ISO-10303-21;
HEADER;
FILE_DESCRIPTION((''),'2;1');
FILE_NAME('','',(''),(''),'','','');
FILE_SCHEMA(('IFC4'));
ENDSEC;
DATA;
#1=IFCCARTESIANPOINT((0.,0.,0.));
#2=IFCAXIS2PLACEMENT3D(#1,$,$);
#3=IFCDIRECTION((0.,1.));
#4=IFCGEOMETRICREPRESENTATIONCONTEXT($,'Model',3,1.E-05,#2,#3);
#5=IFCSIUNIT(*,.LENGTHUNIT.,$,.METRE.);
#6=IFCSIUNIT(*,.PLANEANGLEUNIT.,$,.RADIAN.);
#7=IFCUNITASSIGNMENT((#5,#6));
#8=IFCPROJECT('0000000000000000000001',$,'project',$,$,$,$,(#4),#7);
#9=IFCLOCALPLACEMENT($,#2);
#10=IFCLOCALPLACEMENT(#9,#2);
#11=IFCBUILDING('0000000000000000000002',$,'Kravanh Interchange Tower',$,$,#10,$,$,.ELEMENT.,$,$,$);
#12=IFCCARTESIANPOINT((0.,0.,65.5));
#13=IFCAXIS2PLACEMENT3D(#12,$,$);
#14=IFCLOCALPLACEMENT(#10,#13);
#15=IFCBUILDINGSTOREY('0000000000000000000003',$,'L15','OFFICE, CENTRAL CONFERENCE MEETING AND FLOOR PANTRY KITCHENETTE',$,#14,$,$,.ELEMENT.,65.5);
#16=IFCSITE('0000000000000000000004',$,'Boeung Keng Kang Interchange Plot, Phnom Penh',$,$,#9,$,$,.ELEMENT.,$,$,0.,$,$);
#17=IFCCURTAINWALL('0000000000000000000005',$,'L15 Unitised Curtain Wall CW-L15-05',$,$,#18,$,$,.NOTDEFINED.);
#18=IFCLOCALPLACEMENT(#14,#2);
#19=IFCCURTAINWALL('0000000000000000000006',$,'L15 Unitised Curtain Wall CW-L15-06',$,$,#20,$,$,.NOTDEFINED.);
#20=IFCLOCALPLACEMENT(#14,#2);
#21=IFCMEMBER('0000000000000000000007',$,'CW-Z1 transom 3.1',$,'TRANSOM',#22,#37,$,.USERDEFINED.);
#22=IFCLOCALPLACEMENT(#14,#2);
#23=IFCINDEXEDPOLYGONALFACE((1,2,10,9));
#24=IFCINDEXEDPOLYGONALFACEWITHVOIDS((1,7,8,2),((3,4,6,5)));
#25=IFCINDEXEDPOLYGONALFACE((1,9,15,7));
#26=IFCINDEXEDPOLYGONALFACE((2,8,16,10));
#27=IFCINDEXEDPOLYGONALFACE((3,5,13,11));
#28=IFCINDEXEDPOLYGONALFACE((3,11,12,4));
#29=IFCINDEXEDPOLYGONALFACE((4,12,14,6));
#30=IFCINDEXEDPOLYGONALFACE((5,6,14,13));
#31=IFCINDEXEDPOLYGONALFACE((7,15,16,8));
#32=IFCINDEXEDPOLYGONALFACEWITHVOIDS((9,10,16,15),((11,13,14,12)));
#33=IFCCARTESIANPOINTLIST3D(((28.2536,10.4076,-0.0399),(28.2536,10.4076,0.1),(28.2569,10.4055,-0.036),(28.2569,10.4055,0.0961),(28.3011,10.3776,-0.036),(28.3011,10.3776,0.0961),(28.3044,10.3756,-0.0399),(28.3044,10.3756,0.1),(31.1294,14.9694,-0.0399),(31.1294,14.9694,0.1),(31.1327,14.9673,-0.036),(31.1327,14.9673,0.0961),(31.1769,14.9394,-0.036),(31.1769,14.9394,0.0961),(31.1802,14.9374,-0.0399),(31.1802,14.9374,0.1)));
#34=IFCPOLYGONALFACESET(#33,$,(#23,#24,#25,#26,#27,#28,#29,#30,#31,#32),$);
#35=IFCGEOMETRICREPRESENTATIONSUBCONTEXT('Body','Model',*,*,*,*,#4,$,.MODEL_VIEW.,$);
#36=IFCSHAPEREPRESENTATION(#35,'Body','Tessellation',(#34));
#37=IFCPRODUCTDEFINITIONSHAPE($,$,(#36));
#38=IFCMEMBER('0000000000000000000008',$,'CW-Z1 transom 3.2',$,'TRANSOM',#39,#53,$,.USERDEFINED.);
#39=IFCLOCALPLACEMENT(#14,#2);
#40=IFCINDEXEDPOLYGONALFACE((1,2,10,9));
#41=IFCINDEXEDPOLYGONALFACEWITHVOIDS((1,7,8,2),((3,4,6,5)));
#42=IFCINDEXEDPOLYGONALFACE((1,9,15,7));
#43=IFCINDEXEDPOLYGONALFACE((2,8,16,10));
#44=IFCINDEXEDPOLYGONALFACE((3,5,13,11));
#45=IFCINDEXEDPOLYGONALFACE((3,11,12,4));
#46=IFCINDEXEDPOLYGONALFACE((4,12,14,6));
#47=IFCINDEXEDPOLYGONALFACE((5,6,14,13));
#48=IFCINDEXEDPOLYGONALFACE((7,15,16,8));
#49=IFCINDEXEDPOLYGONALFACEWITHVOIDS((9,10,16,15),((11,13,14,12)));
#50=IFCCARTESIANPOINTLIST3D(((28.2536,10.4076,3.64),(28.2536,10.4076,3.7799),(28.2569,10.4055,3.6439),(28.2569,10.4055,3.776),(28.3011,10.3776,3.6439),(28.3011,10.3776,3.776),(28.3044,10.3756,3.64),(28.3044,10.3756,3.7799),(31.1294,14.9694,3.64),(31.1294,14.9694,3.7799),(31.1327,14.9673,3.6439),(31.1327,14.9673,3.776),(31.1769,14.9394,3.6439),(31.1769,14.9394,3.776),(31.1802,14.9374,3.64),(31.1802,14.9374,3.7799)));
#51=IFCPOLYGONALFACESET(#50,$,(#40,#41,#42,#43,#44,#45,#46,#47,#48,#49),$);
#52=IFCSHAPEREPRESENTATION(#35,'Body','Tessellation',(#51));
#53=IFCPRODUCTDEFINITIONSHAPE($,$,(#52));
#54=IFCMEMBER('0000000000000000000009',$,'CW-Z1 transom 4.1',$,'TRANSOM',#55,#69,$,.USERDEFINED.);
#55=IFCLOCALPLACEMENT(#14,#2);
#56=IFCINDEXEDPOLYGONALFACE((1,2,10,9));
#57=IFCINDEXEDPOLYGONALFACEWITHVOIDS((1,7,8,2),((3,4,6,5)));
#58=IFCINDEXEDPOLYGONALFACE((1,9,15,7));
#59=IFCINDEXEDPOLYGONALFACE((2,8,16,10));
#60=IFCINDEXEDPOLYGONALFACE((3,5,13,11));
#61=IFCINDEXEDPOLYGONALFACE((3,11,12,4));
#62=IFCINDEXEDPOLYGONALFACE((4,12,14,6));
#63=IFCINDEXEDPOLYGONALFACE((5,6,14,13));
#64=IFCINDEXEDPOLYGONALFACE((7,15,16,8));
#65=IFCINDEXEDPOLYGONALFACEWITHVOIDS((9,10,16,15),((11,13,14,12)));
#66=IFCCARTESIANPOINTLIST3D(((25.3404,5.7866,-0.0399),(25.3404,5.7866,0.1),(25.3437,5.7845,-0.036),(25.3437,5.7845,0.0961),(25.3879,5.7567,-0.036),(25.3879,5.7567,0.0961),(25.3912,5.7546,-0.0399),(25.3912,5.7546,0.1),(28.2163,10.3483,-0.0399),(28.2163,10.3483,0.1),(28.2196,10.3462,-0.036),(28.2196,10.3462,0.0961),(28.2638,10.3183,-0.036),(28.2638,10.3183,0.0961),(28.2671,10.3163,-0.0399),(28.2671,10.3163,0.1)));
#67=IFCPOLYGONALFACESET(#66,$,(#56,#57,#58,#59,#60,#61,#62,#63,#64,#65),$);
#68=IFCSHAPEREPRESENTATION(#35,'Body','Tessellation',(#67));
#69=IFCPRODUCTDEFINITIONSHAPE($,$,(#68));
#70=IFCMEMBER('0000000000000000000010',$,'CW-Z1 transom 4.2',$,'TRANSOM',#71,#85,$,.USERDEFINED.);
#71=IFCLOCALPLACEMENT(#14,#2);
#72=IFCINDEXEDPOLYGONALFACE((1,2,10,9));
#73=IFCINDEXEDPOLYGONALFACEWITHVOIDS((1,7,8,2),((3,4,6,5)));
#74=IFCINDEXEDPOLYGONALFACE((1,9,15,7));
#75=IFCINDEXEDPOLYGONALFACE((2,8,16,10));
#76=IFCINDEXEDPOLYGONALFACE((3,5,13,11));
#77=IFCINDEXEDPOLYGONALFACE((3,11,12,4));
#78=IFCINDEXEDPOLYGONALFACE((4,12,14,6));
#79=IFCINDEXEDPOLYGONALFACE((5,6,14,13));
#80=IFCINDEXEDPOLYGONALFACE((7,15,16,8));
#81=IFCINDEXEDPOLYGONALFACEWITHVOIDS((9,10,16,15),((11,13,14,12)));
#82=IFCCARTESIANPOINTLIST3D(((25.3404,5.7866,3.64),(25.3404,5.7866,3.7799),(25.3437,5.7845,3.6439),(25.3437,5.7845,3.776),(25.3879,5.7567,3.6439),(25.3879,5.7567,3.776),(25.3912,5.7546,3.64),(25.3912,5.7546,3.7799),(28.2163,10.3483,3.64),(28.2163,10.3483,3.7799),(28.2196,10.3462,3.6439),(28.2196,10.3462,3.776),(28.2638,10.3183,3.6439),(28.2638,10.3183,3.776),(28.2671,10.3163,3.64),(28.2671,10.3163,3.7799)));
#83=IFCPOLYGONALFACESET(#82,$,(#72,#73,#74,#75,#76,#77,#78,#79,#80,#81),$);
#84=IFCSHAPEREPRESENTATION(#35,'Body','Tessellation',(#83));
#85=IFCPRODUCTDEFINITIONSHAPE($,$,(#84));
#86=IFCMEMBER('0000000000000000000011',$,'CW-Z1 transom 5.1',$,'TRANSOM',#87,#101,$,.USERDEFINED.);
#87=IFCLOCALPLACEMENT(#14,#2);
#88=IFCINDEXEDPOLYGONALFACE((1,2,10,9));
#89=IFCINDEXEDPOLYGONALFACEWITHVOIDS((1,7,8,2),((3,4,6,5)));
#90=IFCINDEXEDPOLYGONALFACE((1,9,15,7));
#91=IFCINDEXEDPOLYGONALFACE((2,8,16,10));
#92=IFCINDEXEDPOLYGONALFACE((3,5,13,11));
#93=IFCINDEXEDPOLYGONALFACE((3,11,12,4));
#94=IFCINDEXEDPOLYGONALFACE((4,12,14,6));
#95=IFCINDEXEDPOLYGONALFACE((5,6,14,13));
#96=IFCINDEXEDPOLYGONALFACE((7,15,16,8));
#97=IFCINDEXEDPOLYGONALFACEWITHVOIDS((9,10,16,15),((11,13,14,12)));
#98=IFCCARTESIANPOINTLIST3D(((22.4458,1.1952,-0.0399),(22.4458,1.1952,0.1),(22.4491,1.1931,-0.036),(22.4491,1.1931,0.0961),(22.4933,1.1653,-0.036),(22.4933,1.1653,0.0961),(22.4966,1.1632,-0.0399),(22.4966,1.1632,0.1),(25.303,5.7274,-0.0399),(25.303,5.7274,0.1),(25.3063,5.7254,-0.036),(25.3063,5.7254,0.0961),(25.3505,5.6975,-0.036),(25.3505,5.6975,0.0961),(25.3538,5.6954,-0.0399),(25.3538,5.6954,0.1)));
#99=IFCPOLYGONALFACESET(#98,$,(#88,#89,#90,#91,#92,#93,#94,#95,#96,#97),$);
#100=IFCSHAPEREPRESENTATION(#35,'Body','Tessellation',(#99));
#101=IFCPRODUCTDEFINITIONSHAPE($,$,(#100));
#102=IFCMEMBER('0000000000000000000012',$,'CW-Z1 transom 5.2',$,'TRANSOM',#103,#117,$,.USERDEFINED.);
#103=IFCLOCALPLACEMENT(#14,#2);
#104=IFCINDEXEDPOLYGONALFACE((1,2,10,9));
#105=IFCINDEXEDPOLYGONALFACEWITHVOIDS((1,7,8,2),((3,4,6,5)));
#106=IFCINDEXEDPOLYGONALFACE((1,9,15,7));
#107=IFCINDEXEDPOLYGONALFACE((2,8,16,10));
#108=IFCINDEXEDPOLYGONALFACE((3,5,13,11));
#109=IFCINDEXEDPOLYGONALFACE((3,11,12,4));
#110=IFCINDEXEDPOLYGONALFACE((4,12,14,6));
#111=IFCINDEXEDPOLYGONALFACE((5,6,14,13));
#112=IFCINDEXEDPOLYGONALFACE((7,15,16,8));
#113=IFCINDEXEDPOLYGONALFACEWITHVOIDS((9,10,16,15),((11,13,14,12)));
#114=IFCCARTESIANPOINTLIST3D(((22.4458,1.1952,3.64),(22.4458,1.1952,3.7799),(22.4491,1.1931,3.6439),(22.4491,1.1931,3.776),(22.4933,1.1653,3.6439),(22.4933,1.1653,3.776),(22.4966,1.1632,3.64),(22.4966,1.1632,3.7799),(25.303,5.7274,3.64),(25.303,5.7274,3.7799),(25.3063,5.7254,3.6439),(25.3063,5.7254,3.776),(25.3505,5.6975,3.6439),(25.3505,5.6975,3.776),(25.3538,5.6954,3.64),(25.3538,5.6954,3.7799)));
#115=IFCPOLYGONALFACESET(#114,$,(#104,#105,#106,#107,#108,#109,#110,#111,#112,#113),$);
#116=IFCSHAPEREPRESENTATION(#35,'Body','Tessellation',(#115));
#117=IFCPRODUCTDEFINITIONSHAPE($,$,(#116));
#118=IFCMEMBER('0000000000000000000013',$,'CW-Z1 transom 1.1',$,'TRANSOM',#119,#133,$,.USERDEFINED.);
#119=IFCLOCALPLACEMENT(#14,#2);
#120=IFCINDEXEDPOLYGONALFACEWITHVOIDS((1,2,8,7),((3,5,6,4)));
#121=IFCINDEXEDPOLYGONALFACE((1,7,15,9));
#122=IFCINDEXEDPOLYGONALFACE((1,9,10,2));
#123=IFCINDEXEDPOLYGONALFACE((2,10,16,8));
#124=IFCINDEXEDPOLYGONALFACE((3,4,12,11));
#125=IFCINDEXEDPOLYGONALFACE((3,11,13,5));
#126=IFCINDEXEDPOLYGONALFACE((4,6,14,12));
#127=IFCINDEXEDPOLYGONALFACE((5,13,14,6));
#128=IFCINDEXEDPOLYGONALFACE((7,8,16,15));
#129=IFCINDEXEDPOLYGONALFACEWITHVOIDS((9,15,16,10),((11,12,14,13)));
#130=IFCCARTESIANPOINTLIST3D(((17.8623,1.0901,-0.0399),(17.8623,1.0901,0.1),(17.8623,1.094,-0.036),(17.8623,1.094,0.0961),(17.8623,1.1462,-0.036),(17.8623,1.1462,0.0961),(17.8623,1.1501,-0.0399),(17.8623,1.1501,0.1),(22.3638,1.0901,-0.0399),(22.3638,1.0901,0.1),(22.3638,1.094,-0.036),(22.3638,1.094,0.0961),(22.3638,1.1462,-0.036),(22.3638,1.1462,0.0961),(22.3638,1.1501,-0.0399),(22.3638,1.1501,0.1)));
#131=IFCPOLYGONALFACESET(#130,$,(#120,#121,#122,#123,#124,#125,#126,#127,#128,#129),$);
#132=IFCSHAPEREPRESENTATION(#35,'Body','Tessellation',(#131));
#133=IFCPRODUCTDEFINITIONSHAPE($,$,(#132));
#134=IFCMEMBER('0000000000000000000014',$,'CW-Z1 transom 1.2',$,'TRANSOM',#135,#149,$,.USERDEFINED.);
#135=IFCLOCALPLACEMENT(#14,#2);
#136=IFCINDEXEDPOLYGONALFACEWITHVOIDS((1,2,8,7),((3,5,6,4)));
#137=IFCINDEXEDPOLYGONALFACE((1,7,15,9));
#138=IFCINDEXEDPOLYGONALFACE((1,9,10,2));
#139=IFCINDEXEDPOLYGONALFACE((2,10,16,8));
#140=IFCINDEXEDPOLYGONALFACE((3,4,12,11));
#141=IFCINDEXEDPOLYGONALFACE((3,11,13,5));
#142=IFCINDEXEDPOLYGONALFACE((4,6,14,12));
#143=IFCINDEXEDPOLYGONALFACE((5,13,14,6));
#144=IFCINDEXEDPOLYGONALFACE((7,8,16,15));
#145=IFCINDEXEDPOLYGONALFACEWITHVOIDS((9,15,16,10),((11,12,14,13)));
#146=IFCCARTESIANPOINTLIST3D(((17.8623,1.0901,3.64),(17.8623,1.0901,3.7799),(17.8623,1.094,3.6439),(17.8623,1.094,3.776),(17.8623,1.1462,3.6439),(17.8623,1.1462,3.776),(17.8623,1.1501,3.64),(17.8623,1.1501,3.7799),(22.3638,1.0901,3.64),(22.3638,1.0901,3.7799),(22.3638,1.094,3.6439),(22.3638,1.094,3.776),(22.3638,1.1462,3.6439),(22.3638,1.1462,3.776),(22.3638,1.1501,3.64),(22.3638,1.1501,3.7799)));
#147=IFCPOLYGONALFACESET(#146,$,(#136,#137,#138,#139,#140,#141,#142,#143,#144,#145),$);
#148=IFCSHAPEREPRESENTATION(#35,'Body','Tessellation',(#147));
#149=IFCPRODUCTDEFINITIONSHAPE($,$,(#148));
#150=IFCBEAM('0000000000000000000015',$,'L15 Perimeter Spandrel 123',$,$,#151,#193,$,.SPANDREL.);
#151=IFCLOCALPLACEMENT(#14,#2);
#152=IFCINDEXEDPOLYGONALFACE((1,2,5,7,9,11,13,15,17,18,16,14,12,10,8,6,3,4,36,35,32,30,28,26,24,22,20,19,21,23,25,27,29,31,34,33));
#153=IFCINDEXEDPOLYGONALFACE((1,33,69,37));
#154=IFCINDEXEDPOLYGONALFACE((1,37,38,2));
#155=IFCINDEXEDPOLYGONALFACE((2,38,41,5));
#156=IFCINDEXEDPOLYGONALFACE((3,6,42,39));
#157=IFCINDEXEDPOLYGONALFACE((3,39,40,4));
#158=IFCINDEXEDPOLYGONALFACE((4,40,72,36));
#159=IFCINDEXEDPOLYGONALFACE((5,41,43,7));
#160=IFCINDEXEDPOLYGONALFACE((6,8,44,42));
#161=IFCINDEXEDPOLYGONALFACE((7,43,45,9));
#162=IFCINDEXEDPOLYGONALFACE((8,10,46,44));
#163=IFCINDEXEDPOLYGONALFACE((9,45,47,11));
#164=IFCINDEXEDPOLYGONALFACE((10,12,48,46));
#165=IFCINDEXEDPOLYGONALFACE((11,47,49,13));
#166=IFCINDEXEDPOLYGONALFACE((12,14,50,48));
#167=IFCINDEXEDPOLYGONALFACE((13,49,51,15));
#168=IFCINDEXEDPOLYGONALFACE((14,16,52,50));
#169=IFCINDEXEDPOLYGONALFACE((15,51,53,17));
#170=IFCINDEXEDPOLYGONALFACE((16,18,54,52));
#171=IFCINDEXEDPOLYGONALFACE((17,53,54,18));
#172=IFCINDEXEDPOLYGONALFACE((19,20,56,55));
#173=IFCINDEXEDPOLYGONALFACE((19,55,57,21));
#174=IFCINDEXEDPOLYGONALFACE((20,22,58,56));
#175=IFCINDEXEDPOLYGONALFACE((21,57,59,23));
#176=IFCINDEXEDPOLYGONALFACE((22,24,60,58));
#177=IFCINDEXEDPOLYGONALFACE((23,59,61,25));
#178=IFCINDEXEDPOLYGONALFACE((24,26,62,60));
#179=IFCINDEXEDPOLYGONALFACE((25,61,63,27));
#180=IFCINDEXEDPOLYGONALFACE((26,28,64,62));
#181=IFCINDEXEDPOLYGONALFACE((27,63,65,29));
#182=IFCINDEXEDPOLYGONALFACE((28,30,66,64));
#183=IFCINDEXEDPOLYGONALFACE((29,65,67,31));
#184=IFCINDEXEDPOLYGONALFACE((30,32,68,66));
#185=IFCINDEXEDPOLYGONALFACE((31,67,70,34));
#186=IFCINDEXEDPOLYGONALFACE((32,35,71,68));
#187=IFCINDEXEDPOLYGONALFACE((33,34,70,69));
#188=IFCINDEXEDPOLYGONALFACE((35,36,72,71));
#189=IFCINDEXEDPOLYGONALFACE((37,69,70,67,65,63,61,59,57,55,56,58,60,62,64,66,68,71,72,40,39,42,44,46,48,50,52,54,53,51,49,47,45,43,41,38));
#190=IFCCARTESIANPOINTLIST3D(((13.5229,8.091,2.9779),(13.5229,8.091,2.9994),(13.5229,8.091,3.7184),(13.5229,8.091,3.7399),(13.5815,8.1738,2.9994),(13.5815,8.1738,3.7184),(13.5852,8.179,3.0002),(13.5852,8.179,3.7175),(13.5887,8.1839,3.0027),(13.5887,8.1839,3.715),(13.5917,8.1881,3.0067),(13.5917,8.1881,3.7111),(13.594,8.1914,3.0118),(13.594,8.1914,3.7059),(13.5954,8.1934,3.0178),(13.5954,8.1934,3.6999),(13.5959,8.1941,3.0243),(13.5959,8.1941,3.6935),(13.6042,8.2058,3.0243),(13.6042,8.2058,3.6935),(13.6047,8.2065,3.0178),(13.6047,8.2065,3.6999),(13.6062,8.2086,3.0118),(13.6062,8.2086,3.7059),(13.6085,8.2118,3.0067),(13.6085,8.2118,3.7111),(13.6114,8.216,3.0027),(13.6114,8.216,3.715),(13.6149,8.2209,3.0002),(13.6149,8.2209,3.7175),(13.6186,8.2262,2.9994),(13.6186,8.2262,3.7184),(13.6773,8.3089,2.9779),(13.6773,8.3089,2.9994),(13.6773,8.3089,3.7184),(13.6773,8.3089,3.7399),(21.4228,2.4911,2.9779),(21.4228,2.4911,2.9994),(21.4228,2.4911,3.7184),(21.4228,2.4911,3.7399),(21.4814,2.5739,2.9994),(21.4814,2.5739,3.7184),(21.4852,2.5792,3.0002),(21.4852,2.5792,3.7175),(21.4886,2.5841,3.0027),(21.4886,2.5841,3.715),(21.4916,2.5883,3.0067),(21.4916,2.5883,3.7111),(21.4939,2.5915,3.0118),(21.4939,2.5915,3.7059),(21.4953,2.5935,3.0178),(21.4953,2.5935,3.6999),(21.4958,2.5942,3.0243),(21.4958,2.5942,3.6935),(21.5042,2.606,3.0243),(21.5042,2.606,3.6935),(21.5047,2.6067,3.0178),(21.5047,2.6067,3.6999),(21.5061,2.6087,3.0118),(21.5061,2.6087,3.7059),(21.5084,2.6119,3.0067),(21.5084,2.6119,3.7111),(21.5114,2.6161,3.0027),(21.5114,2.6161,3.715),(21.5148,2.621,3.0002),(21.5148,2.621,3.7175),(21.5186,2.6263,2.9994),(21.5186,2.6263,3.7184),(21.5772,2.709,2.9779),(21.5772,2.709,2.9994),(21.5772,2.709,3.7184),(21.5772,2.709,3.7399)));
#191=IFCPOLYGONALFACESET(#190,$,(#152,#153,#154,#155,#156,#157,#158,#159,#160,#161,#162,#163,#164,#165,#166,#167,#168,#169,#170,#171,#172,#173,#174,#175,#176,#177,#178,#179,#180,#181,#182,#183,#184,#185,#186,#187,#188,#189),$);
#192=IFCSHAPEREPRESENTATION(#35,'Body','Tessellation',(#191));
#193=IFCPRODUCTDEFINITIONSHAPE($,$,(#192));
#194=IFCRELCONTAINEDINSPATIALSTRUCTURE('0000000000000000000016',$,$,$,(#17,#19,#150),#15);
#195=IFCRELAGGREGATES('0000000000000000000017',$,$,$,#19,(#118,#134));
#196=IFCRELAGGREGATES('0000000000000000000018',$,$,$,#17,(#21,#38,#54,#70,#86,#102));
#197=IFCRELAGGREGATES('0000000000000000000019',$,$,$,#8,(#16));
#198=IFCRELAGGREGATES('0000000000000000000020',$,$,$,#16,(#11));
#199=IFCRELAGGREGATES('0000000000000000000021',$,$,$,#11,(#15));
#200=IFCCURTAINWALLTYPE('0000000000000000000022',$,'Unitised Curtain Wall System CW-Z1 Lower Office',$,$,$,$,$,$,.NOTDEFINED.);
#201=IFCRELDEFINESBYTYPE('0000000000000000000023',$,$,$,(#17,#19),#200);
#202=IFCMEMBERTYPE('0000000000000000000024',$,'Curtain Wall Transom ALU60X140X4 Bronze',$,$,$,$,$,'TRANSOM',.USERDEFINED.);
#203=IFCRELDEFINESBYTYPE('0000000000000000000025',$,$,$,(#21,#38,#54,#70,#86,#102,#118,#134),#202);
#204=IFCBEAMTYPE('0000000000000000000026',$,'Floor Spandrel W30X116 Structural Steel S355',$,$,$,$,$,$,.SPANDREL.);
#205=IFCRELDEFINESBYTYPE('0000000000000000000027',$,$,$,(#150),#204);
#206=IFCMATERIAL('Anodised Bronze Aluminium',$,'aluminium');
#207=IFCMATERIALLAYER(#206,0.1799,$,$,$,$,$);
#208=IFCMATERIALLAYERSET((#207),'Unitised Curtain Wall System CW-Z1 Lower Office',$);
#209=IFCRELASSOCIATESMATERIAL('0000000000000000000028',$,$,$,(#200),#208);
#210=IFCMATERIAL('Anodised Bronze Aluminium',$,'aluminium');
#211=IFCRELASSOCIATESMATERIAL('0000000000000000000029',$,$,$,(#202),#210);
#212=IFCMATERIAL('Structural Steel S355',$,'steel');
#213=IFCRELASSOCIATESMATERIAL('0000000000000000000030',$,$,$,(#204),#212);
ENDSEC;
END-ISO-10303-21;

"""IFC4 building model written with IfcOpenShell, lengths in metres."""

from ifc_helpers import new_model, si_unit, direction, frame, origin, origin_2d, place, context, subcontext, project, spatial, hollow_rectangle, i_section, extrude, material, layer, layer_set, material_profile, profile_set, type_object, element, aggregate, save


model = new_model("IFC4")

# Units and contexts
model_context = context("Model", 3, precision=1e-05, world=origin(), true_north=direction((0.0, 1.0)))
body_context = subcontext(model_context, "Body", "Model", "MODEL_VIEW")
ifc_project = project(units=[si_unit("LENGTHUNIT", "METRE"), si_unit("PLANEANGLEUNIT", "RADIAN")], contexts=[model_context])

# Site, building, storey
site_placement = place(None, origin())
site = spatial("IfcSite", under=ifc_project, at=site_placement, Name="Boeung Keng Kang Interchange Plot, Phnom Penh", CompositionType="ELEMENT", RefElevation=0.0)
building_placement = place(site_placement, origin())
building = spatial("IfcBuilding", under=site, at=building_placement, Name="Kravanh Interchange Tower", CompositionType="ELEMENT")
storey_placement = place(building_placement, frame((0.0, 0.0, 65.5)))
storey = spatial("IfcBuildingStorey", under=building, at=storey_placement, Name="L15", Description="OFFICE, CENTRAL CONFERENCE MEETING AND FLOOR PANTRY KITCHENETTE", CompositionType="ELEMENT", Elevation=65.5)

# Curtain wall
ifc_material_1 = material(Name="Anodised Bronze Aluminium", Category="aluminium")
ifc_layer_1 = layer(ifc_material_1, 0.1799)
ifc_layer_set_1 = layer_set([ifc_layer_1], Name="Unitised Curtain Wall System CW-Z1 Lower Office")
curtain_wall_type = type_object("IfcCurtainWallType", Name="Unitised Curtain Wall System CW-Z1 Lower Office", PredefinedType="NOTDEFINED", material=ifc_layer_set_1)
curtain_wall_1_placement = place(storey_placement, origin())
curtain_wall_1 = element("IfcCurtainWall", 1, at=curtain_wall_1_placement, inside=storey, type_object=curtain_wall_type, Name="L15 Unitised Curtain Wall CW-L15-05", PredefinedType="NOTDEFINED")

# Curtain wall
curtain_wall_2_placement = place(storey_placement, origin())
curtain_wall_2 = element("IfcCurtainWall", 2, at=curtain_wall_2_placement, inside=storey, type_object=curtain_wall_type, Name="L15 Unitised Curtain Wall CW-L15-06", PredefinedType="NOTDEFINED")

# Members
ifc_material_2 = material(Name="Anodised Bronze Aluminium", Category="aluminium")
ifc_material_profile_1 = material_profile(ifc_material_2, hollow_rectangle(XDim=0.0601, YDim=0.1399, WallThickness=0.0039, at=origin_2d()), Name="ALU60X140X4")
ifc_profile_set_1 = profile_set([ifc_material_profile_1], Name="Anodised Bronze Aluminium")
member_type_1 = type_object("IfcMemberType", Name="Curtain Wall Transom ALU60X140X4 Bronze", ElementType="TRANSOM", PredefinedType="USERDEFINED", material=ifc_profile_set_1)
member_1_placement = place(storey_placement, frame((31.1548, 14.9534, 0.03), z_axis=(-0.533279, -0.845939, 0.0), x_axis=(0.845939, -0.533279, 0.0)))
member_1 = element("IfcMember", 3, at=member_1_placement, type_object=member_type_1, Name="CW-Z1 transom 3.1", ObjectType="TRANSOM", PredefinedType="USERDEFINED", context=body_context, shape_type="SweptSolid", body=[
    extrude(hollow_rectangle(XDim=0.0601, YDim=0.1399, WallThickness=0.0039, at=origin_2d()), origin(), (0.0, 0.0, 1.0), 5.3926),
])
member_2_placement = place(storey_placement, frame((31.1548, 14.9534, 3.71), z_axis=(-0.533279, -0.845939, 0.0), x_axis=(0.845939, -0.533279, 0.0)))
member_2 = element("IfcMember", 4, at=member_2_placement, type_object=member_type_1, Name="CW-Z1 transom 3.2", ObjectType="TRANSOM", PredefinedType="USERDEFINED", context=body_context, shape_type="SweptSolid", body=[
    extrude(hollow_rectangle(XDim=0.0601, YDim=0.1399, WallThickness=0.0039, at=origin_2d()), origin(), (0.0, 0.0, 1.0), 5.3926),
])
member_3_placement = place(storey_placement, frame((28.2417, 10.3323, 0.03), z_axis=(-0.533311, -0.845919, 0.0), x_axis=(0.845919, -0.533311, 0.0)))
member_3 = element("IfcMember", 5, at=member_3_placement, type_object=member_type_1, Name="CW-Z1 transom 4.1", ObjectType="TRANSOM", PredefinedType="USERDEFINED", context=body_context, shape_type="SweptSolid", body=[
    extrude(hollow_rectangle(XDim=0.0601, YDim=0.1399, WallThickness=0.0039, at=origin_2d()), origin(), (0.0, 0.0, 1.0), 5.3926),
])
member_4_placement = place(storey_placement, frame((28.2417, 10.3323, 3.71), z_axis=(-0.533311, -0.845919, 0.0), x_axis=(0.845919, -0.533311, 0.0)))
member_4 = element("IfcMember", 6, at=member_4_placement, type_object=member_type_1, Name="CW-Z1 transom 4.2", ObjectType="TRANSOM", PredefinedType="USERDEFINED", context=body_context, shape_type="SweptSolid", body=[
    extrude(hollow_rectangle(XDim=0.0601, YDim=0.1399, WallThickness=0.0039, at=origin_2d()), origin(), (0.0, 0.0, 1.0), 5.3926),
])
member_5_placement = place(storey_placement, frame((25.3284, 5.7114, 0.03), z_axis=(-0.533288, -0.845934, 0.0), x_axis=(0.845934, -0.533288, 0.0)))
member_5 = element("IfcMember", 7, at=member_5_placement, type_object=member_type_1, Name="CW-Z1 transom 5.1", ObjectType="TRANSOM", PredefinedType="USERDEFINED", context=body_context, shape_type="SweptSolid", body=[
    extrude(hollow_rectangle(XDim=0.0601, YDim=0.1399, WallThickness=0.0039, at=origin_2d()), origin(), (0.0, 0.0, 1.0), 5.3577),
])
member_6_placement = place(storey_placement, frame((25.3284, 5.7114, 3.71), z_axis=(-0.533288, -0.845934, 0.0), x_axis=(0.845934, -0.533288, 0.0)))
member_6 = element("IfcMember", 8, at=member_6_placement, type_object=member_type_1, Name="CW-Z1 transom 5.2", ObjectType="TRANSOM", PredefinedType="USERDEFINED", context=body_context, shape_type="SweptSolid", body=[
    extrude(hollow_rectangle(XDim=0.0601, YDim=0.1399, WallThickness=0.0039, at=origin_2d()), origin(), (0.0, 0.0, 1.0), 5.3577),
])
member_7_placement = place(storey_placement, frame((22.3638, 1.1201, 0.03), z_axis=(-1.0, 0.0, 0.0), x_axis=(0.0, -1.0, 0.0)))
member_7 = element("IfcMember", 9, at=member_7_placement, type_object=member_type_1, Name="CW-Z1 transom 1.1", ObjectType="TRANSOM", PredefinedType="USERDEFINED", context=body_context, shape_type="SweptSolid", body=[
    extrude(hollow_rectangle(XDim=0.0601, YDim=0.1399, WallThickness=0.0039, at=origin_2d()), origin(), (0.0, 0.0, 1.0), 4.5015),
])
member_8_placement = place(storey_placement, frame((22.3638, 1.1201, 3.71), z_axis=(-1.0, 0.0, 0.0), x_axis=(0.0, -1.0, 0.0)))
member_8 = element("IfcMember", 10, at=member_8_placement, type_object=member_type_1, Name="CW-Z1 transom 1.2", ObjectType="TRANSOM", PredefinedType="USERDEFINED", context=body_context, shape_type="SweptSolid", body=[
    extrude(hollow_rectangle(XDim=0.0601, YDim=0.1399, WallThickness=0.0039, at=origin_2d()), origin(), (0.0, 0.0, 1.0), 4.5015),
])
aggregate(curtain_wall_2, [member_7, member_8])

# Beam
ifc_material_3 = material(Name="Structural Steel S355", Category="steel")
ifc_material_profile_2 = material_profile(ifc_material_3, i_section(OverallWidth=0.2671, OverallDepth=0.762, WebThickness=0.0144, FlangeThickness=0.0215, FilletRadius=0.0249, at=origin_2d()), Name="W30X116")
ifc_profile_set_2 = profile_set([ifc_material_profile_2], Name="Structural Steel S355")
beam_type = type_object("IfcBeamType", Name="Floor Spandrel W30X116 Structural Steel S355", PredefinedType="SPANDREL", material=ifc_profile_set_2)
beam_1_placement = place(storey_placement, frame((21.5, 2.6001, 3.3589), z_axis=(-0.815825, 0.578299, 0.0), x_axis=(-0.578299, -0.815825, 0.0)))
element("IfcBeam", 11, at=beam_1_placement, inside=storey, type_object=beam_type, Name="L15 Perimeter Spandrel 123", PredefinedType="SPANDREL", context=body_context, shape_type="SweptSolid", body=[
    extrude(i_section(OverallWidth=0.2671, OverallDepth=0.762, WebThickness=0.0144, FlangeThickness=0.0215, FilletRadius=0.0249, at=origin_2d()), origin(), (0.0, 0.0, 1.0), 9.6833),
])

aggregate(curtain_wall_1, [member_1, member_2, member_3, member_4, member_5, member_6])

save(model, "model.ifc")
